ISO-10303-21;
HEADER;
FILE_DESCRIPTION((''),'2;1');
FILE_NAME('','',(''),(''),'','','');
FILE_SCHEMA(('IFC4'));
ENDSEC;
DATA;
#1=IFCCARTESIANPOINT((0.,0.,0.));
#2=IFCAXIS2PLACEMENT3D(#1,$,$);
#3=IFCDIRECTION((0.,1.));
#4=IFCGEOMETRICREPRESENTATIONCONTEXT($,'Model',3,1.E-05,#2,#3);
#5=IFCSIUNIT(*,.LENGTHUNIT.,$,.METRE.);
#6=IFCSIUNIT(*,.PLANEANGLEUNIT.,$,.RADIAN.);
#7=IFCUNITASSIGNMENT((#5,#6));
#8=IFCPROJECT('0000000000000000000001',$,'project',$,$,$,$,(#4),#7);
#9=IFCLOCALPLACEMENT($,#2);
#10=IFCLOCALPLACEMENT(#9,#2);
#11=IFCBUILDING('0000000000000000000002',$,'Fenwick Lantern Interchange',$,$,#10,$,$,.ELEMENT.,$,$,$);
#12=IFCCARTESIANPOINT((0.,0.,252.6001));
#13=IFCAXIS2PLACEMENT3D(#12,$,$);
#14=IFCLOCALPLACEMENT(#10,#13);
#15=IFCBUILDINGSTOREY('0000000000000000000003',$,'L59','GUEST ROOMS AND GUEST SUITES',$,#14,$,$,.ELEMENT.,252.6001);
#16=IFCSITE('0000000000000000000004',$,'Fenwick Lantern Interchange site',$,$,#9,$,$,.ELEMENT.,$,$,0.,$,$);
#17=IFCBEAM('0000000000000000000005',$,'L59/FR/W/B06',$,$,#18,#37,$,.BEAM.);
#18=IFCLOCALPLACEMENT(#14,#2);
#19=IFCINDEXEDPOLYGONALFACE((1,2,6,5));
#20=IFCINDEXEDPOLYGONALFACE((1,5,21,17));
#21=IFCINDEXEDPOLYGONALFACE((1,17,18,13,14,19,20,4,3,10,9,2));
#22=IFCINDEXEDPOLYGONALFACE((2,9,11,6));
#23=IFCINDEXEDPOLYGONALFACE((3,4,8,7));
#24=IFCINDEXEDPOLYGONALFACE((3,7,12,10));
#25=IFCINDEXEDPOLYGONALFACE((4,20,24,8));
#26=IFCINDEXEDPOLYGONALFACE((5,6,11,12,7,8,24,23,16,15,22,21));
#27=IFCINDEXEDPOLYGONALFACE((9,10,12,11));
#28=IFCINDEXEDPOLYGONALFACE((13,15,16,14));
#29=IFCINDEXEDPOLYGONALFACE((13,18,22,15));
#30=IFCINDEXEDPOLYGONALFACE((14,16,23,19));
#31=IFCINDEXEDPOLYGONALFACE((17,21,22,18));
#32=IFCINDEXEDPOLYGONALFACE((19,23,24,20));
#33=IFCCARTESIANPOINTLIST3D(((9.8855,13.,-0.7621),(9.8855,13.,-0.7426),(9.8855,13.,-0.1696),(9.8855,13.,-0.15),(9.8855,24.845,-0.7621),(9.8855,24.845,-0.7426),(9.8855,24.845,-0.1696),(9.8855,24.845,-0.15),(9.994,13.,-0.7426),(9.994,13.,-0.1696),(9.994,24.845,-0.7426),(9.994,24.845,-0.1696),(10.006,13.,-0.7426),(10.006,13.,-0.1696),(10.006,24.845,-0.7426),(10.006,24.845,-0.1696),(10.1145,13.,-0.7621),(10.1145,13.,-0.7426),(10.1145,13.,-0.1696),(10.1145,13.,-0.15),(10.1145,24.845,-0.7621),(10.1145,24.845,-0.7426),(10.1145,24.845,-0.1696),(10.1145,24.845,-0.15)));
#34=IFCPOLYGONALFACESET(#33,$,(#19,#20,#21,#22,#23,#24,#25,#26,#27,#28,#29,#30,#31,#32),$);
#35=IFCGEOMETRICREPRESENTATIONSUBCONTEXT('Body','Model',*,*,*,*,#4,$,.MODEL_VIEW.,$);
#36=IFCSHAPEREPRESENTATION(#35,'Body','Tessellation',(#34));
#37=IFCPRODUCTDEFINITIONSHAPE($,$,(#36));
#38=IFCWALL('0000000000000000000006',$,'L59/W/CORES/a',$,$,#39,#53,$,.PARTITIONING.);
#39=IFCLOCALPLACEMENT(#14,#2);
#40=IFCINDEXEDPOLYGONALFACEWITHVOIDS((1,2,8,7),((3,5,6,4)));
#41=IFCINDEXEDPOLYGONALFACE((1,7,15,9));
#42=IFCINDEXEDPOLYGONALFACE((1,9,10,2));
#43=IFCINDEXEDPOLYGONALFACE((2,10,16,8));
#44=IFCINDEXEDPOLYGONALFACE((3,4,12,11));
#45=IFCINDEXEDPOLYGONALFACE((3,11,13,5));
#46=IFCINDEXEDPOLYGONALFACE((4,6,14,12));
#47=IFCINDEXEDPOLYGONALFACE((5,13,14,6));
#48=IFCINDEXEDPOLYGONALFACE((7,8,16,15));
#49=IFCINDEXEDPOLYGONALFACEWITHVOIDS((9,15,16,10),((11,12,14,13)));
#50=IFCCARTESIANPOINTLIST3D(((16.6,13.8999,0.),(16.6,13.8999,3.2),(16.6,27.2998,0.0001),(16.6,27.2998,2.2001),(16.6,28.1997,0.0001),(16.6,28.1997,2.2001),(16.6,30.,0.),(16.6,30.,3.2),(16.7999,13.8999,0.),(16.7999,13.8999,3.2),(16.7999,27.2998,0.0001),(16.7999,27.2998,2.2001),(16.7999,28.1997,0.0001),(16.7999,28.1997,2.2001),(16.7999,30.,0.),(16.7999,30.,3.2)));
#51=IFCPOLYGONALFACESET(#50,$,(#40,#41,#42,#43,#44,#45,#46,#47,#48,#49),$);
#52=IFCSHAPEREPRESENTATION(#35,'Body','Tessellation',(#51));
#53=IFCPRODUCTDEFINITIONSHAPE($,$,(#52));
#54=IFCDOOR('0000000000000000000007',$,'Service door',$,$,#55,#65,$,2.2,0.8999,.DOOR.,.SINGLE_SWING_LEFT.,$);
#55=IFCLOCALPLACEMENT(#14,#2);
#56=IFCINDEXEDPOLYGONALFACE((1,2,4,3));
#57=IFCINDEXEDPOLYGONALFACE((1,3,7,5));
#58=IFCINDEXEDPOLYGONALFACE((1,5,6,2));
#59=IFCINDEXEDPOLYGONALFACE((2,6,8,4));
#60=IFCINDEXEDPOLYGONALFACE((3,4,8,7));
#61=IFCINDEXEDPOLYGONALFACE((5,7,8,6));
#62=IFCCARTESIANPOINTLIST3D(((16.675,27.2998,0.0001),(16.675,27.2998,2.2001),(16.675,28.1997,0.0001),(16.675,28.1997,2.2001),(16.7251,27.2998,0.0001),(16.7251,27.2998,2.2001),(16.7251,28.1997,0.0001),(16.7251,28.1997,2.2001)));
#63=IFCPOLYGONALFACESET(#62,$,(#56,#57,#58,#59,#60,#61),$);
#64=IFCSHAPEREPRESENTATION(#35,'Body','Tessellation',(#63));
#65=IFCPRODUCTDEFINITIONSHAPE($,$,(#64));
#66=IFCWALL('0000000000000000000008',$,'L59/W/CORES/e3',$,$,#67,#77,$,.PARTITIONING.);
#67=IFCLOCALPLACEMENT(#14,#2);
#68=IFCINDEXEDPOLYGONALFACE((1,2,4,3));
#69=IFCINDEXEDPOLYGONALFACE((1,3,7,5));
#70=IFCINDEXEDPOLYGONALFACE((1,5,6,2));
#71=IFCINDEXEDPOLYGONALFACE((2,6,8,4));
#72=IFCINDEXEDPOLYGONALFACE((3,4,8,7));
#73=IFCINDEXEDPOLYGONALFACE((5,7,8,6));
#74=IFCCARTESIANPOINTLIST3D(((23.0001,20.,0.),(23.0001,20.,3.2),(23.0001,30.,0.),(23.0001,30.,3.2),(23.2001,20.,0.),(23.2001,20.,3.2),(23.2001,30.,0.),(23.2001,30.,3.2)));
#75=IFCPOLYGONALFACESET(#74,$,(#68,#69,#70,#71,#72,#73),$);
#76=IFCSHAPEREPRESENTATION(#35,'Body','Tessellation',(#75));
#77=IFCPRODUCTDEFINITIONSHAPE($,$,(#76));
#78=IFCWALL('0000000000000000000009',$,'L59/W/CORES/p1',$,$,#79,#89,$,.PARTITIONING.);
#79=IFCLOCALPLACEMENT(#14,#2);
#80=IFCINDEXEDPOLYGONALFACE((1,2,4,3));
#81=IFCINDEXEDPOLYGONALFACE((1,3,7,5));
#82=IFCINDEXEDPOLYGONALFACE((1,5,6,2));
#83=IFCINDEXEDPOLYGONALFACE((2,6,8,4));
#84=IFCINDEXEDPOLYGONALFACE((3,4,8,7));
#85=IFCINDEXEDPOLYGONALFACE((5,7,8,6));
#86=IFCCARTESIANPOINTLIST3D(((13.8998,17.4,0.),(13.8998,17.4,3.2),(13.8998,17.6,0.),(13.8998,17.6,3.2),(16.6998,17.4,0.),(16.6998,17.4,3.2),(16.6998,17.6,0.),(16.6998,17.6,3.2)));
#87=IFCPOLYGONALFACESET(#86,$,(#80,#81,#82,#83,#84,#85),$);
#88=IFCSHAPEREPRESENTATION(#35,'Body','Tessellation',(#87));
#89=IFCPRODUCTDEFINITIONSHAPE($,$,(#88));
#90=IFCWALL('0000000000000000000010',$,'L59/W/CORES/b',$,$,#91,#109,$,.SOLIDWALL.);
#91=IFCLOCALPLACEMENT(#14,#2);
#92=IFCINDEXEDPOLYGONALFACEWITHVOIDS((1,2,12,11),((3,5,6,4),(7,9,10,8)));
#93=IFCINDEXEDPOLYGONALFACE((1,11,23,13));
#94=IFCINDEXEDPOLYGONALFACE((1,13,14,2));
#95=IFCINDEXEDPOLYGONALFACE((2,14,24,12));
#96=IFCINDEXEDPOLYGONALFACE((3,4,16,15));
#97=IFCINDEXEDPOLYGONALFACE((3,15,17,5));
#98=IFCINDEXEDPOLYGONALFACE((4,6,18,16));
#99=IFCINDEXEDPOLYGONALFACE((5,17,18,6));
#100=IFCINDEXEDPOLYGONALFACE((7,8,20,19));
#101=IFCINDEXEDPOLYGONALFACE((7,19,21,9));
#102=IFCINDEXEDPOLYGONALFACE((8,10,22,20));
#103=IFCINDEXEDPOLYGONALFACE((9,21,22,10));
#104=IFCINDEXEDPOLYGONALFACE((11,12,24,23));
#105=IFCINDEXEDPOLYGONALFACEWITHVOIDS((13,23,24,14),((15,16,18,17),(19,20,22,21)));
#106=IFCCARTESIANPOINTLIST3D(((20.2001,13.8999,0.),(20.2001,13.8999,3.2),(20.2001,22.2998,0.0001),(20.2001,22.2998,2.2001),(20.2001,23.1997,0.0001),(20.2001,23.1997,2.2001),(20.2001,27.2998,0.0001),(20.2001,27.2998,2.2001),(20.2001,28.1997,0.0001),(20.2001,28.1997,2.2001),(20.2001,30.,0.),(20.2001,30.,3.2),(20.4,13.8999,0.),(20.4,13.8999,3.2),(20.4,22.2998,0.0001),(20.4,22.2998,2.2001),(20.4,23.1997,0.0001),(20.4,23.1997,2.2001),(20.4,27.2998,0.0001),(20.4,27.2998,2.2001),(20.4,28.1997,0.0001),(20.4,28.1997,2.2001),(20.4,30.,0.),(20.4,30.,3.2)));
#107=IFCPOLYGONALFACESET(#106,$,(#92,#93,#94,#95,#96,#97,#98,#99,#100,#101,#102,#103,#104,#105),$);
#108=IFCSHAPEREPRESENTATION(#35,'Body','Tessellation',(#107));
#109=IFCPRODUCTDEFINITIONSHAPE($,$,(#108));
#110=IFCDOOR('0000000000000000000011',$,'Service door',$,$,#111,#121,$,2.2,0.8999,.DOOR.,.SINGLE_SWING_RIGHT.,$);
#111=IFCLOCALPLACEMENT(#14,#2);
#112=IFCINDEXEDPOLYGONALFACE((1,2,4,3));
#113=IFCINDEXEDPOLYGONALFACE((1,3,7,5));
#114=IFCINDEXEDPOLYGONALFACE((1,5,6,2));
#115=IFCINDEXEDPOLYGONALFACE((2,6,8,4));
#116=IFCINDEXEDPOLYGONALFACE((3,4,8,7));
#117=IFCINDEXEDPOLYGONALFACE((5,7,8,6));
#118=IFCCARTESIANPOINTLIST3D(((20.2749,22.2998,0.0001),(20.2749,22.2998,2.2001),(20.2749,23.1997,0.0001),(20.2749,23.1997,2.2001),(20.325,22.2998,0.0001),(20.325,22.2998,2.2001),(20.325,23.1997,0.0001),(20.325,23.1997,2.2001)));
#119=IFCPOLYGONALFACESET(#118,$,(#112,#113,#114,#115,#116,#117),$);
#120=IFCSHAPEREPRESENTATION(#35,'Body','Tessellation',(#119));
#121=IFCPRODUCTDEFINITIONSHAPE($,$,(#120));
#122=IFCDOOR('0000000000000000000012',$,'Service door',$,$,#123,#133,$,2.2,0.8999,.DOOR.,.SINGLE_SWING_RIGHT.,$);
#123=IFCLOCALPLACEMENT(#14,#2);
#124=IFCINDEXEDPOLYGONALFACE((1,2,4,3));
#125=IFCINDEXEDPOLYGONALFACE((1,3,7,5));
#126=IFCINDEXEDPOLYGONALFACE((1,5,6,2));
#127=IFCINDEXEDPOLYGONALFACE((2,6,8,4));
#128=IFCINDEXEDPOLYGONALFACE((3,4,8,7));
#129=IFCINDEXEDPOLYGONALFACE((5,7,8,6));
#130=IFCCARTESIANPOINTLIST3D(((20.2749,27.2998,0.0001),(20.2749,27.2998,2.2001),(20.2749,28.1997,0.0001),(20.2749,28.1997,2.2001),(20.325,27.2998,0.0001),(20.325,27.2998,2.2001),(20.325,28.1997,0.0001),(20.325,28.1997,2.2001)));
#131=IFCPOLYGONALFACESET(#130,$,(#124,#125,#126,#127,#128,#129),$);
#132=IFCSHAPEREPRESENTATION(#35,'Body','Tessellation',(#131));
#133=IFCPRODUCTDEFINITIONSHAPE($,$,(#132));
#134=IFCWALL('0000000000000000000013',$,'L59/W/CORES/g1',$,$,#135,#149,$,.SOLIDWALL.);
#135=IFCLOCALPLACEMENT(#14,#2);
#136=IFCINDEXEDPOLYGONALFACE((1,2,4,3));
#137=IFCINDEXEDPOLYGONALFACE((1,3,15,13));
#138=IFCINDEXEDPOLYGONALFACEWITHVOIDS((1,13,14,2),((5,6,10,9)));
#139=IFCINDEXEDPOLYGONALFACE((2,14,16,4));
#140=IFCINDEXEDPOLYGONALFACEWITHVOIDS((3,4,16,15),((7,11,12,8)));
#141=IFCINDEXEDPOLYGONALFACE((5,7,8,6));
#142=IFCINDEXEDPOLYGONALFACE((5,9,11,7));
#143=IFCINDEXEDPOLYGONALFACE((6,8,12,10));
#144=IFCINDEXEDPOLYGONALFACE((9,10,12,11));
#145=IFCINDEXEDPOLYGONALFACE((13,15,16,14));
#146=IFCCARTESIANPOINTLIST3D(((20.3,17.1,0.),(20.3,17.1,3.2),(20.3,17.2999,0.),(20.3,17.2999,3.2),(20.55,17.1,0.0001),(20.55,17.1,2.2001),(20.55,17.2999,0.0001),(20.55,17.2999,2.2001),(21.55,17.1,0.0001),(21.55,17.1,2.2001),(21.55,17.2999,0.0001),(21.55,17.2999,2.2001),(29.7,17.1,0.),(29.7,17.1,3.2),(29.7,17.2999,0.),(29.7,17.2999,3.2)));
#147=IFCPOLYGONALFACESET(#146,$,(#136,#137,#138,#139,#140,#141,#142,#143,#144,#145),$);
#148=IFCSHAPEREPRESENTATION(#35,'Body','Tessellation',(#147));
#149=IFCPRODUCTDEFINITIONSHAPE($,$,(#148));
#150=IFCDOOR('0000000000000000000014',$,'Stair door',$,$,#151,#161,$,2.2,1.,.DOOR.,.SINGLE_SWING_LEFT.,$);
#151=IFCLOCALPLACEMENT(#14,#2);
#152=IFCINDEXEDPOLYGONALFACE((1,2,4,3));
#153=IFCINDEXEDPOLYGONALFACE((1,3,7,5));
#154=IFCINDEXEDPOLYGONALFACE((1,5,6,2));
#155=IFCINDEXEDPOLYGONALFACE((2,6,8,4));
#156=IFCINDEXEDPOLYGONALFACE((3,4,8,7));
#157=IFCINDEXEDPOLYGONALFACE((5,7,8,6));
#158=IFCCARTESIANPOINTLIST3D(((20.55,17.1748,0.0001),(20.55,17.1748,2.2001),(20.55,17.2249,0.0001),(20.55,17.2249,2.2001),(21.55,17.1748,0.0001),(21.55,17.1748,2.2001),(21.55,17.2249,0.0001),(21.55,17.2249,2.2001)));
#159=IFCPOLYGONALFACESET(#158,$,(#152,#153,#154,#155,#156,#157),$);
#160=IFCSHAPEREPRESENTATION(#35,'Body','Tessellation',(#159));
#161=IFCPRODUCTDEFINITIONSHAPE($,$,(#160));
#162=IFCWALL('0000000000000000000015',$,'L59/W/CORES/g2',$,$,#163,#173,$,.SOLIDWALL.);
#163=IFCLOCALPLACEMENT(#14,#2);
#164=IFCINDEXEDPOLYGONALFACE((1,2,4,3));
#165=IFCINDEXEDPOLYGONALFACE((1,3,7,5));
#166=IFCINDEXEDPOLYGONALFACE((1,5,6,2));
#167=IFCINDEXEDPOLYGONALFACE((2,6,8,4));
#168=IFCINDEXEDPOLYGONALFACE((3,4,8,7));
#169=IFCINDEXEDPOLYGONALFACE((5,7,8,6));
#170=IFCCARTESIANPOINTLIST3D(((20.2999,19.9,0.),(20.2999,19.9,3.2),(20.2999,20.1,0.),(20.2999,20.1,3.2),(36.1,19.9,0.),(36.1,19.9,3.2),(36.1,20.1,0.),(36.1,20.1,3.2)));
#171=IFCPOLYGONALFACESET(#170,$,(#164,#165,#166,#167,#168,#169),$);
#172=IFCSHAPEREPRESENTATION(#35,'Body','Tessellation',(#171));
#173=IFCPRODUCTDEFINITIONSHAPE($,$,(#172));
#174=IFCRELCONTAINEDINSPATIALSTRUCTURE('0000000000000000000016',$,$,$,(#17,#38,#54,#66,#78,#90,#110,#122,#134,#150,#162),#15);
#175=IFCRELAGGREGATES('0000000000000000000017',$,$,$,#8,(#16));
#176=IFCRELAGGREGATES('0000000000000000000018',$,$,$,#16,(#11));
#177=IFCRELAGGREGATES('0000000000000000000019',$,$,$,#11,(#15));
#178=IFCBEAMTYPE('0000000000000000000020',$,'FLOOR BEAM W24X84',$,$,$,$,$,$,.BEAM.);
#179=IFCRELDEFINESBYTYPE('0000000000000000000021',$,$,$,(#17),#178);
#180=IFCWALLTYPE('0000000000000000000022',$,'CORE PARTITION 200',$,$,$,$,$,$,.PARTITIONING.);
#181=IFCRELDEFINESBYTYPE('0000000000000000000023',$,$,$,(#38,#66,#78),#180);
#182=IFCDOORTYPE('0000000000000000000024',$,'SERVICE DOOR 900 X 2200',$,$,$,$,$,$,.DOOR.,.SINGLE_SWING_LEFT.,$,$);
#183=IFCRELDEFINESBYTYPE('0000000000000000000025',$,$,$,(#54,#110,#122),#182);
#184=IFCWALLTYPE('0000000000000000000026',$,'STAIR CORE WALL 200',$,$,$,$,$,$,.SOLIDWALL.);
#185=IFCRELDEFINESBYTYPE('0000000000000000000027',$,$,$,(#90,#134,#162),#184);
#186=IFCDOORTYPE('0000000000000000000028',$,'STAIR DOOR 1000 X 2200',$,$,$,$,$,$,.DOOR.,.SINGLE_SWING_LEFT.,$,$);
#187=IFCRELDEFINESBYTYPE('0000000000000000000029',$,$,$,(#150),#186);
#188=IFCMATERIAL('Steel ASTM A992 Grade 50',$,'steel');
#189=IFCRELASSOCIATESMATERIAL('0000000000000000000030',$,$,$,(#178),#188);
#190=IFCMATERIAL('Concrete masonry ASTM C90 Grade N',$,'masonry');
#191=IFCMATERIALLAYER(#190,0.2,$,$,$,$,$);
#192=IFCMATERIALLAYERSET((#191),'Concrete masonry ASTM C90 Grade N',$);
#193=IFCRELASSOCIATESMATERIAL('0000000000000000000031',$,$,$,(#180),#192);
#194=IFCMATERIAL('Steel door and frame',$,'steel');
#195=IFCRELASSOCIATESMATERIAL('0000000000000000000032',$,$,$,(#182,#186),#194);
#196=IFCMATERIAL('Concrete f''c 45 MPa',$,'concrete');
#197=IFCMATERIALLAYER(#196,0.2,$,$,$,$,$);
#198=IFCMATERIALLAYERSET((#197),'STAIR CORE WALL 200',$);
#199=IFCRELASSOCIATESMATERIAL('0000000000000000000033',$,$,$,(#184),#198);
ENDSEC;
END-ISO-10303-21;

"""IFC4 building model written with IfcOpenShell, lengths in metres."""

from ifc_helpers import new_model, si_unit, direction, frame, frame_2d, origin, origin_2d, place, context, subcontext, project, spatial, rectangle, i_section, extrude, material, layer, layer_set, material_profile, profile_set, type_object, element, fill, save


model = new_model("IFC4")

# Units and contexts
model_context = context("Model", 3, precision=1e-05, world=origin(), true_north=direction((0.0, 1.0)))
body_context = subcontext(model_context, "Body", "Model", "MODEL_VIEW")
ifc_project = project(units=[si_unit("LENGTHUNIT", "METRE"), si_unit("PLANEANGLEUNIT", "RADIAN")], contexts=[model_context])

# Site, building, storey
site_placement = place(None, origin())
site = spatial("IfcSite", under=ifc_project, at=site_placement, Name="Fenwick Lantern Interchange site", CompositionType="ELEMENT", RefElevation=0.0)
building_placement = place(site_placement, origin())
building = spatial("IfcBuilding", under=site, at=building_placement, Name="Fenwick Lantern Interchange", CompositionType="ELEMENT")
storey_placement = place(building_placement, frame((0.0, 0.0, 252.6001)))
storey = spatial("IfcBuildingStorey", under=building, at=storey_placement, Name="L59", Description="GUEST ROOMS AND GUEST SUITES", CompositionType="ELEMENT", Elevation=252.6001)

# Beam
ifc_material_1 = material(Name="Steel ASTM A992 Grade 50", Category="steel")
ifc_material_profile = material_profile(ifc_material_1, i_section(OverallWidth=0.229, OverallDepth=0.6121, WebThickness=0.012, FlangeThickness=0.0195, at=origin_2d()), Name="W24X84")
ifc_profile_set = profile_set([ifc_material_profile], Name="Steel ASTM A992 Grade 50")
beam_type = type_object("IfcBeamType", Name="FLOOR BEAM W24X84", PredefinedType="BEAM", material=ifc_profile_set)
beam_placement = place(storey_placement, frame((10.0, 24.845, -0.4561), z_axis=(0.0, -1.0, 0.0), x_axis=(1.0, 0.0, 0.0)))
element("IfcBeam", 1, at=beam_placement, inside=storey, type_object=beam_type, Name="L59/FR/W/B06", PredefinedType="BEAM", context=body_context, shape_type="SweptSolid", body=[
    extrude(i_section(OverallWidth=0.229, OverallDepth=0.6121, WebThickness=0.012, FlangeThickness=0.0195, at=origin_2d()), origin(), (0.0, 0.0, 1.0), 11.845),
])

# Wall, opening, door
ifc_material_2 = material(Name="Concrete masonry ASTM C90 Grade N", Category="masonry")
ifc_layer_1 = layer(ifc_material_2, 0.2)
ifc_layer_set_1 = layer_set([ifc_layer_1], Name="Concrete masonry ASTM C90 Grade N")
wall_type_1 = type_object("IfcWallType", Name="CORE PARTITION 200", PredefinedType="PARTITIONING", material=ifc_layer_set_1)
wall_1_placement = place(storey_placement, frame((16.7, 13.8999, 0.0), z_axis=(0.0, 0.0, 1.0), x_axis=(0.0, 1.0, 0.0)))
wall_1 = element("IfcWall", 2, at=wall_1_placement, inside=storey, type_object=wall_type_1, Name="L59/W/CORES/a", PredefinedType="PARTITIONING", context=body_context, shape_type="SweptSolid", body=[
    extrude(rectangle(XDim=16.1001, YDim=0.2, at=frame_2d((8.05, 0.0))), origin(), (0.0, 0.0, 1.0), 3.2),
])
opening_1_placement = place(wall_1_placement, frame((13.3999, 0.0, 0.0)))
opening_1 = element("IfcOpeningElement", 3, at=opening_1_placement, cuts=wall_1, PredefinedType="OPENING", context=body_context, shape_type="SweptSolid", body=[
    extrude(rectangle(XDim=0.8999, YDim=2.2, at=frame_2d((0.45, 1.1001))), frame((0.0, 0.1099, 0.0), z_axis=(0.0, -1.0, 0.0), x_axis=(1.0, 0.0, 0.0)), (0.0, 0.0, 1.0), 0.22),
])
ifc_material_3 = material(Name="Steel door and frame", Category="steel")
door_type_1 = type_object("IfcDoorType", Name="SERVICE DOOR 900 X 2200", OperationType="SINGLE_SWING_LEFT", PredefinedType="DOOR", material=ifc_material_3)
door_1_placement = place(opening_1_placement, origin())
door_1 = element("IfcDoor", 4, at=door_1_placement, inside=storey, type_object=door_type_1, Name="Service door", OperationType="SINGLE_SWING_LEFT", OverallHeight=2.2, OverallWidth=0.8999, PredefinedType="DOOR", context=body_context, shape_type="SweptSolid", body=[
    extrude(rectangle(XDim=0.8999, YDim=2.2, at=frame_2d((0.45, 1.1001))), frame((0.0, 0.0249, 0.0), z_axis=(0.0, -1.0, 0.0), x_axis=(1.0, 0.0, 0.0)), (0.0, 0.0, 1.0), 0.05),
])
fill(opening_1, door_1)

# Walls
wall_2_placement = place(storey_placement, frame((23.1001, 20.0, 0.0), z_axis=(0.0, 0.0, 1.0), x_axis=(0.0, 1.0, 0.0)))
element("IfcWall", 5, at=wall_2_placement, inside=storey, type_object=wall_type_1, Name="L59/W/CORES/e3", PredefinedType="PARTITIONING", context=body_context, shape_type="SweptSolid", body=[
    extrude(rectangle(XDim=10.0, YDim=0.2, at=frame_2d((5.0, 0.0))), origin(), (0.0, 0.0, 1.0), 3.2),
])
wall_3_placement = place(storey_placement, frame((13.8999, 17.5, 0.0), z_axis=(0.0, 0.0, 1.0), x_axis=(1.0, 0.0, 0.0)))
element("IfcWall", 6, at=wall_3_placement, inside=storey, type_object=wall_type_1, Name="L59/W/CORES/p1", PredefinedType="PARTITIONING", context=body_context, shape_type="SweptSolid", body=[
    extrude(rectangle(XDim=2.8, YDim=0.2, at=frame_2d((1.3999, 0.0))), origin(), (0.0, 0.0, 1.0), 3.2),
])

# Wall, openings, doors
ifc_material_4 = material(Name="Concrete f'c 45 MPa", Category="concrete")
ifc_layer_2 = layer(ifc_material_4, 0.2)
ifc_layer_set_2 = layer_set([ifc_layer_2], Name="STAIR CORE WALL 200")
wall_type_2 = type_object("IfcWallType", Name="STAIR CORE WALL 200", PredefinedType="SOLIDWALL", material=ifc_layer_set_2)
wall_4_placement = place(storey_placement, frame((20.3, 13.8999, 0.0), z_axis=(0.0, 0.0, 1.0), x_axis=(0.0, 1.0, 0.0)))
wall_4 = element("IfcWall", 7, at=wall_4_placement, inside=storey, type_object=wall_type_2, Name="L59/W/CORES/b", PredefinedType="SOLIDWALL", context=body_context, shape_type="SweptSolid", body=[
    extrude(rectangle(XDim=16.1001, YDim=0.2, at=frame_2d((8.05, 0.0))), origin(), (0.0, 0.0, 1.0), 3.2),
])
opening_2_placement = place(wall_4_placement, frame((8.3999, 0.0, 0.0)))
opening_2 = element("IfcOpeningElement", 8, at=opening_2_placement, cuts=wall_4, PredefinedType="OPENING", context=body_context, shape_type="SweptSolid", body=[
    extrude(rectangle(XDim=0.8999, YDim=2.2, at=frame_2d((0.45, 1.1001))), frame((0.0, 0.1099, 0.0), z_axis=(0.0, -1.0, 0.0), x_axis=(1.0, 0.0, 0.0)), (0.0, 0.0, 1.0), 0.22),
])
opening_3_placement = place(wall_4_placement, frame((13.3999, 0.0, 0.0)))
opening_3 = element("IfcOpeningElement", 9, at=opening_3_placement, cuts=wall_4, PredefinedType="OPENING", context=body_context, shape_type="SweptSolid", body=[
    extrude(rectangle(XDim=0.8999, YDim=2.2, at=frame_2d((0.45, 1.1001))), frame((0.0, 0.1099, 0.0), z_axis=(0.0, -1.0, 0.0), x_axis=(1.0, 0.0, 0.0)), (0.0, 0.0, 1.0), 0.22),
])
door_2_placement = place(opening_2_placement, frame((0.8999, 0.0, 0.0), z_axis=(0.0, 0.0, 1.0), x_axis=(-1.0, 0.0, 0.0)))
door_2 = element("IfcDoor", 10, at=door_2_placement, inside=storey, type_object=door_type_1, Name="Service door", OperationType="SINGLE_SWING_RIGHT", OverallHeight=2.2, OverallWidth=0.8999, PredefinedType="DOOR", context=body_context, shape_type="SweptSolid", body=[
    extrude(rectangle(XDim=0.8999, YDim=2.2, at=frame_2d((0.45, 1.1001))), frame((0.0, 0.0249, 0.0), z_axis=(0.0, -1.0, 0.0), x_axis=(1.0, 0.0, 0.0)), (0.0, 0.0, 1.0), 0.05),
])
fill(opening_2, door_2)
door_3_placement = place(opening_3_placement, frame((0.8999, 0.0, 0.0), z_axis=(0.0, 0.0, 1.0), x_axis=(-1.0, 0.0, 0.0)))
door_3 = element("IfcDoor", 11, at=door_3_placement, inside=storey, type_object=door_type_1, Name="Service door", OperationType="SINGLE_SWING_RIGHT", OverallHeight=2.2, OverallWidth=0.8999, PredefinedType="DOOR", context=body_context, shape_type="SweptSolid", body=[
    extrude(rectangle(XDim=0.8999, YDim=2.2, at=frame_2d((0.45, 1.1001))), frame((0.0, 0.0249, 0.0), z_axis=(0.0, -1.0, 0.0), x_axis=(1.0, 0.0, 0.0)), (0.0, 0.0, 1.0), 0.05),
])
fill(opening_3, door_3)

# Wall, opening, door
wall_5_placement = place(storey_placement, frame((20.3, 17.2, 0.0), z_axis=(0.0, 0.0, 1.0), x_axis=(1.0, 0.0, 0.0)))
wall_5 = element("IfcWall", 12, at=wall_5_placement, inside=storey, type_object=wall_type_2, Name="L59/W/CORES/g1", PredefinedType="SOLIDWALL", context=body_context, shape_type="SweptSolid", body=[
    extrude(rectangle(XDim=9.3999, YDim=0.2, at=frame_2d((4.7, 0.0))), origin(), (0.0, 0.0, 1.0), 3.2),
])
opening_4_placement = place(wall_5_placement, frame((0.25, 0.0, 0.0)))
opening_4 = element("IfcOpeningElement", 13, at=opening_4_placement, cuts=wall_5, PredefinedType="OPENING", context=body_context, shape_type="SweptSolid", body=[
    extrude(rectangle(XDim=1.0, YDim=2.2, at=frame_2d((0.5, 1.1001))), frame((0.0, 0.1099, 0.0), z_axis=(0.0, -1.0, 0.0), x_axis=(1.0, 0.0, 0.0)), (0.0, 0.0, 1.0), 0.22),
])
door_type_2 = type_object("IfcDoorType", Name="STAIR DOOR 1000 X 2200", OperationType="SINGLE_SWING_LEFT", PredefinedType="DOOR", material=ifc_material_3)
door_4_placement = place(opening_4_placement, origin())
door_4 = element("IfcDoor", 14, at=door_4_placement, inside=storey, type_object=door_type_2, Name="Stair door", OperationType="SINGLE_SWING_LEFT", OverallHeight=2.2, OverallWidth=1.0, PredefinedType="DOOR", context=body_context, shape_type="SweptSolid", body=[
    extrude(rectangle(XDim=1.0, YDim=2.2, at=frame_2d((0.5, 1.1001))), frame((0.0, 0.0249, 0.0), z_axis=(0.0, -1.0, 0.0), x_axis=(1.0, 0.0, 0.0)), (0.0, 0.0, 1.0), 0.05),
])
fill(opening_4, door_4)

# Wall
wall_6_placement = place(storey_placement, frame((20.3, 20.0, 0.0), z_axis=(0.0, 0.0, 1.0), x_axis=(1.0, 0.0, 0.0)))
element("IfcWall", 15, at=wall_6_placement, inside=storey, type_object=wall_type_2, Name="L59/W/CORES/g2", PredefinedType="SOLIDWALL", context=body_context, shape_type="SweptSolid", body=[
    extrude(rectangle(XDim=15.8, YDim=0.2, at=frame_2d((7.8999, 0.0))), origin(), (0.0, 0.0, 1.0), 3.2),
])

save(model, "model.ifc")
